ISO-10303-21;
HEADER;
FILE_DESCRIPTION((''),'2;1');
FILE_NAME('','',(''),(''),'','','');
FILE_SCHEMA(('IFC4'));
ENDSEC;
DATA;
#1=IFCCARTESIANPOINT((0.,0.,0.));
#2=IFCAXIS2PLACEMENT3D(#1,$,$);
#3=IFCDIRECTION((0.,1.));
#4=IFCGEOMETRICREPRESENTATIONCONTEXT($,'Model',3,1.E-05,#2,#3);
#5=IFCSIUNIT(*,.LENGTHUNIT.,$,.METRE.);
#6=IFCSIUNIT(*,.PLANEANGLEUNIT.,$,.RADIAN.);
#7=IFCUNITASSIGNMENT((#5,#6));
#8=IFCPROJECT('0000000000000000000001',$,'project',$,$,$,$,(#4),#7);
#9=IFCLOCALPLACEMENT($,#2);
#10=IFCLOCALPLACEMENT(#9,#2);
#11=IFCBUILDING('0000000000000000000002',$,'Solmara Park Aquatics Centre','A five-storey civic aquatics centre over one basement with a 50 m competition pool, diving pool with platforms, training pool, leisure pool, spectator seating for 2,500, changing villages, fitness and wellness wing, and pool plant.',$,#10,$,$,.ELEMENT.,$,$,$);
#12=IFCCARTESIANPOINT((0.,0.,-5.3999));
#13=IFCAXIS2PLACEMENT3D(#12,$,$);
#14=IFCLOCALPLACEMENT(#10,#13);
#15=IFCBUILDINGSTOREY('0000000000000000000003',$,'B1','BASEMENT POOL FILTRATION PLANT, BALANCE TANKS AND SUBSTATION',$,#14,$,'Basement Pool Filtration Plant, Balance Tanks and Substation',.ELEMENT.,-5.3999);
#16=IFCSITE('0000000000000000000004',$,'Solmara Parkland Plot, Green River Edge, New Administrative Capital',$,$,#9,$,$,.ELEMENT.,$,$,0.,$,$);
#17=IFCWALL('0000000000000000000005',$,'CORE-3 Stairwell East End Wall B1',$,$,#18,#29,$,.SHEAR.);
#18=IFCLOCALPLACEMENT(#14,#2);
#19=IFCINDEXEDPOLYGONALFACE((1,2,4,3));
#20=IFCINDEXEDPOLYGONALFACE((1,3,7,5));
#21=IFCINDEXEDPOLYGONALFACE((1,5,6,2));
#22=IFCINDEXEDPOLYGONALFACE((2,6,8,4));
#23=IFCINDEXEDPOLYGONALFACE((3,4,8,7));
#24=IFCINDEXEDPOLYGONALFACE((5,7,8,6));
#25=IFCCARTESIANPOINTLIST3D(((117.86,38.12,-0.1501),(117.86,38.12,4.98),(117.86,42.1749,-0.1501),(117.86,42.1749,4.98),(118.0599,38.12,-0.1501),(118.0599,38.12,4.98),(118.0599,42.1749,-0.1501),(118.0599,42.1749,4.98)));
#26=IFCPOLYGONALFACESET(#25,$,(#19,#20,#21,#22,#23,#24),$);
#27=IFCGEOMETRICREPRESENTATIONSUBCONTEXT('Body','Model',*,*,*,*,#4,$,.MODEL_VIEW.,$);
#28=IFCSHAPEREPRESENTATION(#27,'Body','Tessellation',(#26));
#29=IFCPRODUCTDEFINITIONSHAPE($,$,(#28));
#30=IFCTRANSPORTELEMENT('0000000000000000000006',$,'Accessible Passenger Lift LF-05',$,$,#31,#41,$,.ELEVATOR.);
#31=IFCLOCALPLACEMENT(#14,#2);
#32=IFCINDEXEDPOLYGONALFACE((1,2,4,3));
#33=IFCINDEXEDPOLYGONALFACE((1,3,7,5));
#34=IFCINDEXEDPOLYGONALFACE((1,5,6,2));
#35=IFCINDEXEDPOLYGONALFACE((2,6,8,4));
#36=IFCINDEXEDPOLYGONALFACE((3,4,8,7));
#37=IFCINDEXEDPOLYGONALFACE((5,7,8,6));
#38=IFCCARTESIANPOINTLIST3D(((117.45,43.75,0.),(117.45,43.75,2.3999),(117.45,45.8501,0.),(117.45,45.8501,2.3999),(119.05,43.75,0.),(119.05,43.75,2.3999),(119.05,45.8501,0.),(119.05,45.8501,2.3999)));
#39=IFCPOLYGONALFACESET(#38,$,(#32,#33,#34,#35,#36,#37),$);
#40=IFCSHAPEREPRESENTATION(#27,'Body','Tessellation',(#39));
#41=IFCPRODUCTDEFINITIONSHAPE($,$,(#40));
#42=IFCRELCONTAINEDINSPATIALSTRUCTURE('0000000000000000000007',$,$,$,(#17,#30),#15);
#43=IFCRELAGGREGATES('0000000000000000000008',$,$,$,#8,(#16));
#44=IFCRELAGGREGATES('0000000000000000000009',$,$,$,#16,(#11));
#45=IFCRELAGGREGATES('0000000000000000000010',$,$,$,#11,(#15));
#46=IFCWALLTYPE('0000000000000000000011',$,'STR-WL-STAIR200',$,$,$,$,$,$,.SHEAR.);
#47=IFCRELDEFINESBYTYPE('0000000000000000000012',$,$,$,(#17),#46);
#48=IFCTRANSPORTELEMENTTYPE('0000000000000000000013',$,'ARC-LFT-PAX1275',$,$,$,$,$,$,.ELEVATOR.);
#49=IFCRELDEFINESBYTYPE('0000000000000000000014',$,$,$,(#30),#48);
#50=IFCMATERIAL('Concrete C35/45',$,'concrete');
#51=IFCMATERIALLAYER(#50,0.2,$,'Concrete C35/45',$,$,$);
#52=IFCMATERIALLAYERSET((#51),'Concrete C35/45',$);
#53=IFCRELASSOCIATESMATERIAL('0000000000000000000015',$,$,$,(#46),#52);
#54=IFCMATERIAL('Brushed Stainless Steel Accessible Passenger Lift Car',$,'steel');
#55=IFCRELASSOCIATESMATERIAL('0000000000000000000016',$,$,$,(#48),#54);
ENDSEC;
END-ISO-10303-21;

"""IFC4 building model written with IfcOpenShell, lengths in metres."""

from ifc_helpers import new_model, si_unit, direction, frame, frame_2d, origin, origin_2d, place, context, subcontext, project, spatial, rectangle, extrude, material, layer, layer_set, type_object, element, save


model = new_model("IFC4")

# Units and contexts
model_context = context("Model", 3, precision=1e-05, world=origin(), true_north=direction((0.0, 1.0)))
body_context = subcontext(model_context, "Body", "Model", "MODEL_VIEW")
ifc_project = project(units=[si_unit("LENGTHUNIT", "METRE"), si_unit("PLANEANGLEUNIT", "RADIAN")], contexts=[model_context])

# Site, building, storey
site_placement = place(None, origin())
site = spatial("IfcSite", under=ifc_project, at=site_placement, Name="Solmara Parkland Plot, Green River Edge, New Administrative Capital", CompositionType="ELEMENT", RefElevation=0.0)
building_placement = place(site_placement, origin())
building = spatial("IfcBuilding", under=site, at=building_placement, Name="Solmara Park Aquatics Centre", Description="A five-storey civic aquatics centre over one basement with a 50 m competition pool, diving pool with platforms, training pool, leisure pool, spectator seating for 2,500, changing villages, fitness and wellness wing, and pool plant.", CompositionType="ELEMENT")
storey_placement = place(building_placement, frame((0.0, 0.0, -5.3999)))
storey = spatial("IfcBuildingStorey", under=building, at=storey_placement, Name="B1", Description="BASEMENT POOL FILTRATION PLANT, BALANCE TANKS AND SUBSTATION", LongName="Basement Pool Filtration Plant, Balance Tanks and Substation", CompositionType="ELEMENT", Elevation=-5.3999)

# Wall
ifc_material_1 = material(Name="Concrete C35/45", Category="concrete")
ifc_layer_1 = layer(ifc_material_1, 0.2, Name="Concrete C35/45")
ifc_layer_set_1 = layer_set([ifc_layer_1], Name="Concrete C35/45")
wall_type_1 = type_object("IfcWallType", Name="STR-WL-STAIR200", PredefinedType="SHEAR", material=ifc_layer_set_1)
wall_1_placement = place(storey_placement, frame((117.96, 38.1201, -0.1501), z_axis=(0.0, 0.0, 1.0), x_axis=(0.0, 1.0, 0.0)))
element("IfcWall", 1, at=wall_1_placement, inside=storey, type_object=wall_type_1, Name="CORE-3 Stairwell East End Wall B1", PredefinedType="SHEAR", context=body_context, shape_type="SweptSolid", body=[
    extrude(rectangle(XDim=4.0549, YDim=0.2, at=frame_2d((2.0273, 0.0))), origin(), (0.0, 0.0, 1.0), 5.1301),
])

# Transport element
ifc_material_2 = material(Name="Brushed Stainless Steel Accessible Passenger Lift Car", Category="steel")
transport_element_type = type_object("IfcTransportElementType", Name="ARC-LFT-PAX1275", PredefinedType="ELEVATOR", material=ifc_material_2)
transport_element_placement = place(storey_placement, frame((118.25, 44.8, 0.0), z_axis=(0.0, 0.0, 1.0), x_axis=(1.0, 0.0, 0.0)))
element("IfcTransportElement", 2, at=transport_element_placement, inside=storey, type_object=transport_element_type, Name="Accessible Passenger Lift LF-05", PredefinedType="ELEVATOR", context=body_context, shape_type="SweptSolid", body=[
    extrude(rectangle(XDim=1.6001, YDim=2.1001, at=origin_2d()), origin(), (0.0, 0.0, 1.0), 2.3999),
])

save(model, "model.ifc")
